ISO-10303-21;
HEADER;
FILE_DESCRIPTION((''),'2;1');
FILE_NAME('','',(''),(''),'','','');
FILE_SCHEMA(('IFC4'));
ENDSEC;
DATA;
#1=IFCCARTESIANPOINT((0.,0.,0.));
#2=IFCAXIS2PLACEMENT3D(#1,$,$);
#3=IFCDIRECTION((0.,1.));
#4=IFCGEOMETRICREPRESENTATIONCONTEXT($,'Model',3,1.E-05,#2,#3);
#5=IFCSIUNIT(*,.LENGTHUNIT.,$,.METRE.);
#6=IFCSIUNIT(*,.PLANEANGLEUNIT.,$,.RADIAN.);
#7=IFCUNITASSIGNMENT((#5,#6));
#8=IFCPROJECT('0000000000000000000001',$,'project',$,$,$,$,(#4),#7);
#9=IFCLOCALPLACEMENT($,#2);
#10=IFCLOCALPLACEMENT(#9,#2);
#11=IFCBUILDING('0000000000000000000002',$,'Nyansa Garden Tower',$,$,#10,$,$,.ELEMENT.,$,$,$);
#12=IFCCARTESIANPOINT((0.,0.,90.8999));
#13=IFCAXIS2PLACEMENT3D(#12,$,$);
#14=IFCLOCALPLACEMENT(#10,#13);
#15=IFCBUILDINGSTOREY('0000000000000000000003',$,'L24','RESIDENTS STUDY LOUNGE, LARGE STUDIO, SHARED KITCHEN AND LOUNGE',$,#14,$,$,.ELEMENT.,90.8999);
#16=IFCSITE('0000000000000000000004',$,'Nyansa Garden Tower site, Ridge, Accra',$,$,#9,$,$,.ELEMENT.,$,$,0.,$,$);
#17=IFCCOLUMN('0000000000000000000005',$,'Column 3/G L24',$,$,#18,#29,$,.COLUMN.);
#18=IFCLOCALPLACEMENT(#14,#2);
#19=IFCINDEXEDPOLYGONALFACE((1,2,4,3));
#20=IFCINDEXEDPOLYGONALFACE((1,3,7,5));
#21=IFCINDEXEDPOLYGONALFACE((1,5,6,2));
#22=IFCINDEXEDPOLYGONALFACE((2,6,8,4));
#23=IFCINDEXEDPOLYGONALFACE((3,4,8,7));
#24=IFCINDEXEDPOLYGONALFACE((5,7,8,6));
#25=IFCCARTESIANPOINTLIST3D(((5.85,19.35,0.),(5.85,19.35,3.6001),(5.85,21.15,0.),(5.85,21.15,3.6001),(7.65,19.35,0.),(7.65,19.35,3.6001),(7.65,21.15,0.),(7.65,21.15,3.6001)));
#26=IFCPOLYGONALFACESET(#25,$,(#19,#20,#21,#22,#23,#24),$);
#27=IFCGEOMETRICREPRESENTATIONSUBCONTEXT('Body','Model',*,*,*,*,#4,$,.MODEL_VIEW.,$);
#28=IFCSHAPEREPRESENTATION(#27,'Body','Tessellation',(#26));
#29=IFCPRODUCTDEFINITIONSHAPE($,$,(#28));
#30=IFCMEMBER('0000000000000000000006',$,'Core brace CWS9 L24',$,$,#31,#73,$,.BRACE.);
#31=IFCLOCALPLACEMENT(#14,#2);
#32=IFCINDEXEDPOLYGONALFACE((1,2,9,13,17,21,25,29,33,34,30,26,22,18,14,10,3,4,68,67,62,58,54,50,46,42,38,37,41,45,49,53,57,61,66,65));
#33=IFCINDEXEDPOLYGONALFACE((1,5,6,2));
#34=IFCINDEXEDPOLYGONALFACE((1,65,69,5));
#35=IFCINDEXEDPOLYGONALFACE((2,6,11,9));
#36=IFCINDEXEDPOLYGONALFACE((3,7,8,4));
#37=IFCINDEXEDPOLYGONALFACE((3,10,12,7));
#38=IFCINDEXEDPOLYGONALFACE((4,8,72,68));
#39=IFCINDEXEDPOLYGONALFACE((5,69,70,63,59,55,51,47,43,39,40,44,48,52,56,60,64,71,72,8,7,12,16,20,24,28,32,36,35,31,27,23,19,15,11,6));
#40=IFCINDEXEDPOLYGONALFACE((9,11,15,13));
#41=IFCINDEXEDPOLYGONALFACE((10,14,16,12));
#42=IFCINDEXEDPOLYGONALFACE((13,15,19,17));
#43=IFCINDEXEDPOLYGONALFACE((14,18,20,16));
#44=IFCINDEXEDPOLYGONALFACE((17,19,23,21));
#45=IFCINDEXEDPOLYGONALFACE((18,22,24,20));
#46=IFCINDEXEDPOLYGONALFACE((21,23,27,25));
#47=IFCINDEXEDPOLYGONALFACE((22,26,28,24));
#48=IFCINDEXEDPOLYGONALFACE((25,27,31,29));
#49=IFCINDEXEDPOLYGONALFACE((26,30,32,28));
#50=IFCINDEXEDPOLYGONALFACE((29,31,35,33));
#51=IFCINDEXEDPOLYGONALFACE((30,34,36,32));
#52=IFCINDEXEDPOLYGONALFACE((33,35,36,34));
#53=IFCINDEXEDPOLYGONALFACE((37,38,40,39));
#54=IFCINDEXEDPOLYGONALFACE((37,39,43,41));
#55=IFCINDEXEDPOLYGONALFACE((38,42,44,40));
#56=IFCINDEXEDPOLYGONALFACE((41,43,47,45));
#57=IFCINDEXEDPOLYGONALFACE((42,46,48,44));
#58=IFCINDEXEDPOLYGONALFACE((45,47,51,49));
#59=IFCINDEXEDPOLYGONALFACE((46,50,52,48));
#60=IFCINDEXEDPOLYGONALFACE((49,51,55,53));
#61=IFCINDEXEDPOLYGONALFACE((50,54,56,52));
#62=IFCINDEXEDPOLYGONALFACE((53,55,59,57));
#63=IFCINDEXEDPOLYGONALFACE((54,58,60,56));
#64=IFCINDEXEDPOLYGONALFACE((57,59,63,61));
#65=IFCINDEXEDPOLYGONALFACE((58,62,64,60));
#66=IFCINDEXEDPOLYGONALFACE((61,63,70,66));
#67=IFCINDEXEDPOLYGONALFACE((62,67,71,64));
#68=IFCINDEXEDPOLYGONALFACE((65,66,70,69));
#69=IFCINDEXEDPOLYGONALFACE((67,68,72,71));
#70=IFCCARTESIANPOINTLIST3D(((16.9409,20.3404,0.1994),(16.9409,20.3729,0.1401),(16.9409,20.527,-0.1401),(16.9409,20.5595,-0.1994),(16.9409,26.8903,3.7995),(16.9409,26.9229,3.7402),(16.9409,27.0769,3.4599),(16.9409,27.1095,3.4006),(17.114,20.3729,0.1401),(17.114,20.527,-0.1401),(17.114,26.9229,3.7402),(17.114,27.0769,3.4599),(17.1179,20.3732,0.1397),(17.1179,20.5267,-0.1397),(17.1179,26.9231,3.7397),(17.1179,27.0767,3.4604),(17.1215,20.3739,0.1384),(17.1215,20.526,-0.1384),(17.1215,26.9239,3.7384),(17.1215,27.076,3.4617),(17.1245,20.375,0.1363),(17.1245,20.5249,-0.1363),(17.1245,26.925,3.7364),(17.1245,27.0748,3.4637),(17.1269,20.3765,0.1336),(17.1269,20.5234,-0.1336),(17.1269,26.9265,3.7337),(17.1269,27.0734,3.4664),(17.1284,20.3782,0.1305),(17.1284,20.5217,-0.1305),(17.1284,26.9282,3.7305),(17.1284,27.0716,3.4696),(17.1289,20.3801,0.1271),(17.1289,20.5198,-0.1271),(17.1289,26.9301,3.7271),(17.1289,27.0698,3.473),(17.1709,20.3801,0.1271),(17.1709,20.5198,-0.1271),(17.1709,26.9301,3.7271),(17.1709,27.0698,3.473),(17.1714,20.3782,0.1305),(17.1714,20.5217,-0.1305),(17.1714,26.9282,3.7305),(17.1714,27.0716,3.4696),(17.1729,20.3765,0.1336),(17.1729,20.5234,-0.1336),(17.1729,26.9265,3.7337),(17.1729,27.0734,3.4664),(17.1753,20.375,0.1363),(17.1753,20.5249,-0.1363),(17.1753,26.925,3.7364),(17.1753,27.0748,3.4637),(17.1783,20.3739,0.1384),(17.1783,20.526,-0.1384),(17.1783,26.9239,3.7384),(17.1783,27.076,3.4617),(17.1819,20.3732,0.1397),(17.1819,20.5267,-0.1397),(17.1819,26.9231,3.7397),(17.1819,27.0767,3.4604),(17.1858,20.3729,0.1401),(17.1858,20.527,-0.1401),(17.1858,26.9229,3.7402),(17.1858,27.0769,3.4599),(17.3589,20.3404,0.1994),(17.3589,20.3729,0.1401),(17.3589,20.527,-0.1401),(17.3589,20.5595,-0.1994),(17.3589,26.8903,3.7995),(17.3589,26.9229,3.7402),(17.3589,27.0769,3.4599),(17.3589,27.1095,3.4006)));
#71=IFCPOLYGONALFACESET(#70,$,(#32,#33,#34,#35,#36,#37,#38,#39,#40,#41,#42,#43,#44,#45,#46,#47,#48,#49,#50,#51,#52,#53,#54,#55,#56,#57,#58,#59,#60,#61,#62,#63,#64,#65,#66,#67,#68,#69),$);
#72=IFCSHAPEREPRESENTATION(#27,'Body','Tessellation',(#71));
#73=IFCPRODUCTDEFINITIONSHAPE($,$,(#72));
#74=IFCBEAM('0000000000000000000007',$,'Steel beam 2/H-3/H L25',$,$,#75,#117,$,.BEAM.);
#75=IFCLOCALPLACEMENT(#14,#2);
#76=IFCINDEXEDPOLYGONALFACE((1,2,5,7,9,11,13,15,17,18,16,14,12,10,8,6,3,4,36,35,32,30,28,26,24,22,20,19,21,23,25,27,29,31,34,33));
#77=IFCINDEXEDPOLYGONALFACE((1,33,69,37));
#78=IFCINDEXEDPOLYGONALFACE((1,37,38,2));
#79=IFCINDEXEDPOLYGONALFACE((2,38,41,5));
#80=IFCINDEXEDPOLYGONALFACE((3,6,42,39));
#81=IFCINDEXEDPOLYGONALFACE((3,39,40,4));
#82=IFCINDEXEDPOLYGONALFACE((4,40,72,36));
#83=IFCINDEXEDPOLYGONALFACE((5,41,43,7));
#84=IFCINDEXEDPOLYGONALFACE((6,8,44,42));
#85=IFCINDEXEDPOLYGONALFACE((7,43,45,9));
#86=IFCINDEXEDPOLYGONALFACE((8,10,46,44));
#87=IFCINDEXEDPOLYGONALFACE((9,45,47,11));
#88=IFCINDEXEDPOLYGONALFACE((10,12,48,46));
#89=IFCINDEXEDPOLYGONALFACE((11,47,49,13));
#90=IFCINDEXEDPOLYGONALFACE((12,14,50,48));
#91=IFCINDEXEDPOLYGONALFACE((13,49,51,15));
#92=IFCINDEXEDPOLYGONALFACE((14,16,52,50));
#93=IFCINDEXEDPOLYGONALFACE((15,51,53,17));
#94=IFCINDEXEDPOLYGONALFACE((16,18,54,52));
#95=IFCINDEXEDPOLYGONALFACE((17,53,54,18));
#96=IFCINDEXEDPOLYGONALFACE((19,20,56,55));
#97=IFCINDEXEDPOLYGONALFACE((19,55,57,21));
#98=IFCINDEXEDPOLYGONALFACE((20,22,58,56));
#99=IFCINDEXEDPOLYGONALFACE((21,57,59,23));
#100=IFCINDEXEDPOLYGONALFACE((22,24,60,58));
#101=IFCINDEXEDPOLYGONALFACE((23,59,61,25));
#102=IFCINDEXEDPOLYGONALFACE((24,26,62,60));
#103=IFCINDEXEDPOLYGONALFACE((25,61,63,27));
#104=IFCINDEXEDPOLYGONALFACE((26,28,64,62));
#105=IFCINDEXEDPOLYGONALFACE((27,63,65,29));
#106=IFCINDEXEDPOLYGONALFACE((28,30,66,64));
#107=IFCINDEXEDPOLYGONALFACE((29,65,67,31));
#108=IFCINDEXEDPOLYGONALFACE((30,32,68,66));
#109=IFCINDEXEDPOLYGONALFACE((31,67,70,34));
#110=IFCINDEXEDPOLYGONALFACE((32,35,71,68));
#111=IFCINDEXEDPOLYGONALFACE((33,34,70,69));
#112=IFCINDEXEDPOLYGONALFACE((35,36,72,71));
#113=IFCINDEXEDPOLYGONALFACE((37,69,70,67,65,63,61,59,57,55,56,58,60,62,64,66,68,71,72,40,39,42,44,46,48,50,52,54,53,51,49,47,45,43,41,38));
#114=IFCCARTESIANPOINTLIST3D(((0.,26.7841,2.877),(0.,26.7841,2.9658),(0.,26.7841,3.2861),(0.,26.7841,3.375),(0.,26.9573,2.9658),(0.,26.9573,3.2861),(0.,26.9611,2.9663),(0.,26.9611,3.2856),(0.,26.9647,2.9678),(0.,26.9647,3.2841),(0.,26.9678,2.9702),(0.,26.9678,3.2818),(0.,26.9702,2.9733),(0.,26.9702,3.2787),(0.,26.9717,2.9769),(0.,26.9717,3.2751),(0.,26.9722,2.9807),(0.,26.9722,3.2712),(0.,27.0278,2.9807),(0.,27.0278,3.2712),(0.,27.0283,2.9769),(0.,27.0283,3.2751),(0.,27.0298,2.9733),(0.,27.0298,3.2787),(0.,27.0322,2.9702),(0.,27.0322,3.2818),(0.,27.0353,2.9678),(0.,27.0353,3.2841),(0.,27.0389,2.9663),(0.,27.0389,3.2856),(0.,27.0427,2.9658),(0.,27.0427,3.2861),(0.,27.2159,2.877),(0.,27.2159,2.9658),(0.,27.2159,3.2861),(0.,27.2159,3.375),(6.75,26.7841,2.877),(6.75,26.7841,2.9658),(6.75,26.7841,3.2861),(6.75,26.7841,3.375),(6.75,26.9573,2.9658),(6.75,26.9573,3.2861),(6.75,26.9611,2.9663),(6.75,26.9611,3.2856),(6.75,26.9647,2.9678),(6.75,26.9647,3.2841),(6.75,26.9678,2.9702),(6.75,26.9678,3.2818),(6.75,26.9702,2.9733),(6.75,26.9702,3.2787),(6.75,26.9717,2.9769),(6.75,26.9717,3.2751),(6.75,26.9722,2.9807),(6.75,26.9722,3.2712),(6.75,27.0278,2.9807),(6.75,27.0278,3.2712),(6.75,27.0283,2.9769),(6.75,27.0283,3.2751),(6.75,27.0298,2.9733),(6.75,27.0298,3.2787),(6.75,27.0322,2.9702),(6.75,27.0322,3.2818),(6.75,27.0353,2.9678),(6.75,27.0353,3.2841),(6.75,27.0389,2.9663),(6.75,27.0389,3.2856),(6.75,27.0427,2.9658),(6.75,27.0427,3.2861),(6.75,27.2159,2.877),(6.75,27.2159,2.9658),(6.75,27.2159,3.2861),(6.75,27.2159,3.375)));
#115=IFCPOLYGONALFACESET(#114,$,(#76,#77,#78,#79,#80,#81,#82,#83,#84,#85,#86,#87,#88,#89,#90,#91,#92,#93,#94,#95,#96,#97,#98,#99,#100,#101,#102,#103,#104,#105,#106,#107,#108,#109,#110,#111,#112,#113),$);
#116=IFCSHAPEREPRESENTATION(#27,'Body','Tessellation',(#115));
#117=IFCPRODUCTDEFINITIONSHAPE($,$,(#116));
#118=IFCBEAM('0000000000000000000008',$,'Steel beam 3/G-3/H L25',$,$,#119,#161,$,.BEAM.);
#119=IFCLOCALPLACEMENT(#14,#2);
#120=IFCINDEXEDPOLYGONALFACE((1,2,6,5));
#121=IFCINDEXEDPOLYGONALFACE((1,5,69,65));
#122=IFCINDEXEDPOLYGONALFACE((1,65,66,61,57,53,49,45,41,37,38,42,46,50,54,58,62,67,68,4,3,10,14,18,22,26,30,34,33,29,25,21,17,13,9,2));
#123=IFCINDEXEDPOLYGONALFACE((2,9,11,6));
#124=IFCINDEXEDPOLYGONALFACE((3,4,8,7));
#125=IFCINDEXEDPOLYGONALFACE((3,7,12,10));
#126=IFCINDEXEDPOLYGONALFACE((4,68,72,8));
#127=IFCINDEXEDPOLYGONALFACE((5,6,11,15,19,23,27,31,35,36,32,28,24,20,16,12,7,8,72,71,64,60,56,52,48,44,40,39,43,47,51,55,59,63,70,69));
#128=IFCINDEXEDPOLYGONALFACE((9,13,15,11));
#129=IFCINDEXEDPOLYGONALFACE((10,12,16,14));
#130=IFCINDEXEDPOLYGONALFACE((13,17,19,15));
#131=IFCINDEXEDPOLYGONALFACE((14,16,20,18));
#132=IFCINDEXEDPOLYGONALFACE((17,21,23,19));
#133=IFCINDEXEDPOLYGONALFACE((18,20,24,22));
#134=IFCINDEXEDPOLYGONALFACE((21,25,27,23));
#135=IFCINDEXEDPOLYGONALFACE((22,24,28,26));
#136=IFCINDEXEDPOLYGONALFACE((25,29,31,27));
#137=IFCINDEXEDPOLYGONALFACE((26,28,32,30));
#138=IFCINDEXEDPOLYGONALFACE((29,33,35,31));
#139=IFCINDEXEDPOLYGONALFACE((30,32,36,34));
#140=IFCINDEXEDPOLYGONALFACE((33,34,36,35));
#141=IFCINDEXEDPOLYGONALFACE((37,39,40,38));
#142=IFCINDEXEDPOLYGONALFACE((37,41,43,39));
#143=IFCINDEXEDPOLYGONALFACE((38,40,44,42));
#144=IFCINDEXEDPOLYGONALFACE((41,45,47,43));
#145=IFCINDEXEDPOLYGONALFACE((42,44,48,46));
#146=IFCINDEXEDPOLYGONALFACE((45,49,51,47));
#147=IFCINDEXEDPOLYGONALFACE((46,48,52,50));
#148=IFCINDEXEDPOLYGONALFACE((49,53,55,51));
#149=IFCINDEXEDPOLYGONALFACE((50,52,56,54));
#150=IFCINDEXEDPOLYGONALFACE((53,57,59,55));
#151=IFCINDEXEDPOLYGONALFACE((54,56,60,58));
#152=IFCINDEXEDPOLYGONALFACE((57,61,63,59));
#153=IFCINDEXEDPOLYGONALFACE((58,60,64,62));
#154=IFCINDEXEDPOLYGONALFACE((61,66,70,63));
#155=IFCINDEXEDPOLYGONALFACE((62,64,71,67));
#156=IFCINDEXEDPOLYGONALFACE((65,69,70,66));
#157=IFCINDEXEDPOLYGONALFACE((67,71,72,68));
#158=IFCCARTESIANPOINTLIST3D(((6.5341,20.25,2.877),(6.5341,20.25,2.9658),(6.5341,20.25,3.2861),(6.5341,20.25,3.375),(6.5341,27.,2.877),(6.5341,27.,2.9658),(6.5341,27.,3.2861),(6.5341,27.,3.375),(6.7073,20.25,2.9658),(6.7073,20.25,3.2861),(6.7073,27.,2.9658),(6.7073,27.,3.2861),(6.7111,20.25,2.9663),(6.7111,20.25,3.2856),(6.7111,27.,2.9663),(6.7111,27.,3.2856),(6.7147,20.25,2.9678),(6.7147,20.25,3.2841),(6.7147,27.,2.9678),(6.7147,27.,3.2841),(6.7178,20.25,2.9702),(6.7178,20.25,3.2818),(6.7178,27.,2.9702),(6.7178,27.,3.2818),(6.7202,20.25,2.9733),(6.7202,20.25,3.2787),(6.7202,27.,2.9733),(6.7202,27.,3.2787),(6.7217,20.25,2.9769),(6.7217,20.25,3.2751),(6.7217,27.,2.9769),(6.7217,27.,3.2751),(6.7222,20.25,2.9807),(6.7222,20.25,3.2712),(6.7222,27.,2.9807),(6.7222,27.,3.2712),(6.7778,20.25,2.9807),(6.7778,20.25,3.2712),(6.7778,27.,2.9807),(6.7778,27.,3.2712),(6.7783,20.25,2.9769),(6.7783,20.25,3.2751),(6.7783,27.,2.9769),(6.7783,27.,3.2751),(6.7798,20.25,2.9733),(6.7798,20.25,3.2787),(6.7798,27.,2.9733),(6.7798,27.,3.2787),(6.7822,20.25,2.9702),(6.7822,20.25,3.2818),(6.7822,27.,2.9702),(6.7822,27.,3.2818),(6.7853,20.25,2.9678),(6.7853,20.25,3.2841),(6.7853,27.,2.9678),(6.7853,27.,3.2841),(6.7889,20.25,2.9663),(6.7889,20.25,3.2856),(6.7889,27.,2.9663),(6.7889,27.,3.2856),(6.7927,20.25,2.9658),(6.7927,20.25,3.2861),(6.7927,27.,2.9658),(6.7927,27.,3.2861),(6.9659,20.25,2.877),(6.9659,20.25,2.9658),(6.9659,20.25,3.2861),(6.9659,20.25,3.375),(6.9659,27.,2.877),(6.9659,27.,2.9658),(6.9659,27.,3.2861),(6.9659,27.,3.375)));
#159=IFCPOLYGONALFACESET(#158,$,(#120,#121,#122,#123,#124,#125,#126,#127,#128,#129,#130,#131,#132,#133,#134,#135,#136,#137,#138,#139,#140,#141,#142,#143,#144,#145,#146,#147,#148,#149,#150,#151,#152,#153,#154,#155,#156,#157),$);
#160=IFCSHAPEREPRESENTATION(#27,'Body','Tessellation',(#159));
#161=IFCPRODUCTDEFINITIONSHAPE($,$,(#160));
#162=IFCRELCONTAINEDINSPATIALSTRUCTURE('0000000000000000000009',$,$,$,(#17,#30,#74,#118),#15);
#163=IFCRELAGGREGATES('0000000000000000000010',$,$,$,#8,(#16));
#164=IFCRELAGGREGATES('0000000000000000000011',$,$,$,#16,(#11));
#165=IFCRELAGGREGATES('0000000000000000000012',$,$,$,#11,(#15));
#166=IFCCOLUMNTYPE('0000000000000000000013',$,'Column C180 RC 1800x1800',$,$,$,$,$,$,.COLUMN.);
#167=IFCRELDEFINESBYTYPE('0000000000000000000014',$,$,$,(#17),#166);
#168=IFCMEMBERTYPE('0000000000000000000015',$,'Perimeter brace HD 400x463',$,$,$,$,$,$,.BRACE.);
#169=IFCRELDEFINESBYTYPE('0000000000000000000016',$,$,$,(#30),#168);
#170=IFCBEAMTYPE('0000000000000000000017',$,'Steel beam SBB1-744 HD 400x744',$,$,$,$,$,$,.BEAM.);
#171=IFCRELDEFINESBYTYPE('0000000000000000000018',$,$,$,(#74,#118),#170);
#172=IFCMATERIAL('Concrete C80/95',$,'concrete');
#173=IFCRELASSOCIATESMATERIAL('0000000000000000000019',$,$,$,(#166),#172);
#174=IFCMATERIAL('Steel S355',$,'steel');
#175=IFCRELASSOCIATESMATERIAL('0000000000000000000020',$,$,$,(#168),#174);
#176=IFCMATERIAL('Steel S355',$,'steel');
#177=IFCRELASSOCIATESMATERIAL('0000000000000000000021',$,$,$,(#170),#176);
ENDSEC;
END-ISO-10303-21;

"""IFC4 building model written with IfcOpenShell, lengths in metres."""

from ifc_helpers import new_model, si_unit, direction, frame, origin, origin_2d, place, context, subcontext, project, spatial, rectangle, i_section, extrude, material, material_profile, profile_set, type_object, element, save


model = new_model("IFC4")

# Units and contexts
model_context = context("Model", 3, precision=1e-05, world=origin(), true_north=direction((0.0, 1.0)))
body_context = subcontext(model_context, "Body", "Model", "MODEL_VIEW")
ifc_project = project(units=[si_unit("LENGTHUNIT", "METRE"), si_unit("PLANEANGLEUNIT", "RADIAN")], contexts=[model_context])

# Site, building, storey
site_placement = place(None, origin())
site = spatial("IfcSite", under=ifc_project, at=site_placement, Name="Nyansa Garden Tower site, Ridge, Accra", CompositionType="ELEMENT", RefElevation=0.0)
building_placement = place(site_placement, origin())
building = spatial("IfcBuilding", under=site, at=building_placement, Name="Nyansa Garden Tower", CompositionType="ELEMENT")
storey_placement = place(building_placement, frame((0.0, 0.0, 90.8999)))
storey = spatial("IfcBuildingStorey", under=building, at=storey_placement, Name="L24", Description="RESIDENTS STUDY LOUNGE, LARGE STUDIO, SHARED KITCHEN AND LOUNGE", CompositionType="ELEMENT", Elevation=90.8999)

# Column
ifc_material_1 = material(Name="Concrete C80/95", Category="concrete")
ifc_material_profile_1 = material_profile(ifc_material_1, rectangle(XDim=1.8, YDim=1.8, at=origin_2d()), Name="RC 1800x1800")
ifc_profile_set_1 = profile_set([ifc_material_profile_1], Name="Concrete C80/95")
column_type = type_object("IfcColumnType", Name="Column C180 RC 1800x1800", PredefinedType="COLUMN", material=ifc_profile_set_1)
column_placement = place(storey_placement, frame((6.75, 20.25, 0.0), z_axis=(0.0, 0.0, 1.0), x_axis=(1.0, 0.0, 0.0)))
element("IfcColumn", 1, at=column_placement, inside=storey, type_object=column_type, Name="Column 3/G L24", PredefinedType="COLUMN", context=body_context, shape_type="SweptSolid", body=[
    extrude(rectangle(XDim=1.8, YDim=1.8, at=origin_2d()), origin(), (0.0, 0.0, 1.0), 3.6001),
])

# Member
ifc_material_2 = material(Name="Steel S355", Category="steel")
ifc_material_profile_2 = material_profile(ifc_material_2, i_section(OverallWidth=0.418, OverallDepth=0.4551, WebThickness=0.042, FlangeThickness=0.0676, FilletRadius=0.0149, at=origin_2d()), Name="HD 400x463")
ifc_profile_set_2 = profile_set([ifc_material_profile_2], Name="Steel S355")
member_type = type_object("IfcMemberType", Name="Perimeter brace HD 400x463", PredefinedType="BRACE", material=ifc_profile_set_2)
member_placement = place(storey_placement, frame((17.1499, 20.45, 0.0), z_axis=(0.0, 0.876353, 0.481669), x_axis=(-1.0, 0.0, 0.0)))
element("IfcMember", 2, at=member_placement, inside=storey, type_object=member_type, Name="Core brace CWS9 L24", PredefinedType="BRACE", context=body_context, shape_type="SweptSolid", body=[
    extrude(i_section(OverallWidth=0.418, OverallDepth=0.4551, WebThickness=0.042, FlangeThickness=0.0676, FilletRadius=0.0149, at=origin_2d()), origin(), (0.0, 0.0, 1.0), 7.4741),
])

# Beams
ifc_material_3 = material(Name="Steel S355", Category="steel")
ifc_material_profile_3 = material_profile(ifc_material_3, i_section(OverallWidth=0.4319, OverallDepth=0.498, WebThickness=0.0557, FlangeThickness=0.0889, FilletRadius=0.0149, at=origin_2d()), Name="HD 400x744")
ifc_profile_set_3 = profile_set([ifc_material_profile_3], Name="Steel S355")
beam_type_1 = type_object("IfcBeamType", Name="Steel beam SBB1-744 HD 400x744", PredefinedType="BEAM", material=ifc_profile_set_3)
for number, where, z_axis, x_axis, name in (
    (3, (0.0, 27.0, 3.126), (1.0, 0.0, 0.0), (0.0, 1.0, 0.0), "Steel beam 2/H-3/H L25"),
    (4, (6.75, 20.25, 3.126), (0.0, 1.0, 0.0), (-1.0, 0.0, 0.0), "Steel beam 3/G-3/H L25"),
):
    element("IfcBeam", number, at=place(storey_placement, frame(where, z_axis=z_axis, x_axis=x_axis)), inside=storey, type_object=beam_type_1, Name=name, PredefinedType="BEAM", context=body_context, shape_type="SweptSolid", body=[
        extrude(i_section(OverallWidth=0.4319, OverallDepth=0.498, WebThickness=0.0557, FlangeThickness=0.0889, FilletRadius=0.0149, at=origin_2d()), origin(), (0.0, 0.0, 1.0), 6.75),
    ])

save(model, "model.ifc")
